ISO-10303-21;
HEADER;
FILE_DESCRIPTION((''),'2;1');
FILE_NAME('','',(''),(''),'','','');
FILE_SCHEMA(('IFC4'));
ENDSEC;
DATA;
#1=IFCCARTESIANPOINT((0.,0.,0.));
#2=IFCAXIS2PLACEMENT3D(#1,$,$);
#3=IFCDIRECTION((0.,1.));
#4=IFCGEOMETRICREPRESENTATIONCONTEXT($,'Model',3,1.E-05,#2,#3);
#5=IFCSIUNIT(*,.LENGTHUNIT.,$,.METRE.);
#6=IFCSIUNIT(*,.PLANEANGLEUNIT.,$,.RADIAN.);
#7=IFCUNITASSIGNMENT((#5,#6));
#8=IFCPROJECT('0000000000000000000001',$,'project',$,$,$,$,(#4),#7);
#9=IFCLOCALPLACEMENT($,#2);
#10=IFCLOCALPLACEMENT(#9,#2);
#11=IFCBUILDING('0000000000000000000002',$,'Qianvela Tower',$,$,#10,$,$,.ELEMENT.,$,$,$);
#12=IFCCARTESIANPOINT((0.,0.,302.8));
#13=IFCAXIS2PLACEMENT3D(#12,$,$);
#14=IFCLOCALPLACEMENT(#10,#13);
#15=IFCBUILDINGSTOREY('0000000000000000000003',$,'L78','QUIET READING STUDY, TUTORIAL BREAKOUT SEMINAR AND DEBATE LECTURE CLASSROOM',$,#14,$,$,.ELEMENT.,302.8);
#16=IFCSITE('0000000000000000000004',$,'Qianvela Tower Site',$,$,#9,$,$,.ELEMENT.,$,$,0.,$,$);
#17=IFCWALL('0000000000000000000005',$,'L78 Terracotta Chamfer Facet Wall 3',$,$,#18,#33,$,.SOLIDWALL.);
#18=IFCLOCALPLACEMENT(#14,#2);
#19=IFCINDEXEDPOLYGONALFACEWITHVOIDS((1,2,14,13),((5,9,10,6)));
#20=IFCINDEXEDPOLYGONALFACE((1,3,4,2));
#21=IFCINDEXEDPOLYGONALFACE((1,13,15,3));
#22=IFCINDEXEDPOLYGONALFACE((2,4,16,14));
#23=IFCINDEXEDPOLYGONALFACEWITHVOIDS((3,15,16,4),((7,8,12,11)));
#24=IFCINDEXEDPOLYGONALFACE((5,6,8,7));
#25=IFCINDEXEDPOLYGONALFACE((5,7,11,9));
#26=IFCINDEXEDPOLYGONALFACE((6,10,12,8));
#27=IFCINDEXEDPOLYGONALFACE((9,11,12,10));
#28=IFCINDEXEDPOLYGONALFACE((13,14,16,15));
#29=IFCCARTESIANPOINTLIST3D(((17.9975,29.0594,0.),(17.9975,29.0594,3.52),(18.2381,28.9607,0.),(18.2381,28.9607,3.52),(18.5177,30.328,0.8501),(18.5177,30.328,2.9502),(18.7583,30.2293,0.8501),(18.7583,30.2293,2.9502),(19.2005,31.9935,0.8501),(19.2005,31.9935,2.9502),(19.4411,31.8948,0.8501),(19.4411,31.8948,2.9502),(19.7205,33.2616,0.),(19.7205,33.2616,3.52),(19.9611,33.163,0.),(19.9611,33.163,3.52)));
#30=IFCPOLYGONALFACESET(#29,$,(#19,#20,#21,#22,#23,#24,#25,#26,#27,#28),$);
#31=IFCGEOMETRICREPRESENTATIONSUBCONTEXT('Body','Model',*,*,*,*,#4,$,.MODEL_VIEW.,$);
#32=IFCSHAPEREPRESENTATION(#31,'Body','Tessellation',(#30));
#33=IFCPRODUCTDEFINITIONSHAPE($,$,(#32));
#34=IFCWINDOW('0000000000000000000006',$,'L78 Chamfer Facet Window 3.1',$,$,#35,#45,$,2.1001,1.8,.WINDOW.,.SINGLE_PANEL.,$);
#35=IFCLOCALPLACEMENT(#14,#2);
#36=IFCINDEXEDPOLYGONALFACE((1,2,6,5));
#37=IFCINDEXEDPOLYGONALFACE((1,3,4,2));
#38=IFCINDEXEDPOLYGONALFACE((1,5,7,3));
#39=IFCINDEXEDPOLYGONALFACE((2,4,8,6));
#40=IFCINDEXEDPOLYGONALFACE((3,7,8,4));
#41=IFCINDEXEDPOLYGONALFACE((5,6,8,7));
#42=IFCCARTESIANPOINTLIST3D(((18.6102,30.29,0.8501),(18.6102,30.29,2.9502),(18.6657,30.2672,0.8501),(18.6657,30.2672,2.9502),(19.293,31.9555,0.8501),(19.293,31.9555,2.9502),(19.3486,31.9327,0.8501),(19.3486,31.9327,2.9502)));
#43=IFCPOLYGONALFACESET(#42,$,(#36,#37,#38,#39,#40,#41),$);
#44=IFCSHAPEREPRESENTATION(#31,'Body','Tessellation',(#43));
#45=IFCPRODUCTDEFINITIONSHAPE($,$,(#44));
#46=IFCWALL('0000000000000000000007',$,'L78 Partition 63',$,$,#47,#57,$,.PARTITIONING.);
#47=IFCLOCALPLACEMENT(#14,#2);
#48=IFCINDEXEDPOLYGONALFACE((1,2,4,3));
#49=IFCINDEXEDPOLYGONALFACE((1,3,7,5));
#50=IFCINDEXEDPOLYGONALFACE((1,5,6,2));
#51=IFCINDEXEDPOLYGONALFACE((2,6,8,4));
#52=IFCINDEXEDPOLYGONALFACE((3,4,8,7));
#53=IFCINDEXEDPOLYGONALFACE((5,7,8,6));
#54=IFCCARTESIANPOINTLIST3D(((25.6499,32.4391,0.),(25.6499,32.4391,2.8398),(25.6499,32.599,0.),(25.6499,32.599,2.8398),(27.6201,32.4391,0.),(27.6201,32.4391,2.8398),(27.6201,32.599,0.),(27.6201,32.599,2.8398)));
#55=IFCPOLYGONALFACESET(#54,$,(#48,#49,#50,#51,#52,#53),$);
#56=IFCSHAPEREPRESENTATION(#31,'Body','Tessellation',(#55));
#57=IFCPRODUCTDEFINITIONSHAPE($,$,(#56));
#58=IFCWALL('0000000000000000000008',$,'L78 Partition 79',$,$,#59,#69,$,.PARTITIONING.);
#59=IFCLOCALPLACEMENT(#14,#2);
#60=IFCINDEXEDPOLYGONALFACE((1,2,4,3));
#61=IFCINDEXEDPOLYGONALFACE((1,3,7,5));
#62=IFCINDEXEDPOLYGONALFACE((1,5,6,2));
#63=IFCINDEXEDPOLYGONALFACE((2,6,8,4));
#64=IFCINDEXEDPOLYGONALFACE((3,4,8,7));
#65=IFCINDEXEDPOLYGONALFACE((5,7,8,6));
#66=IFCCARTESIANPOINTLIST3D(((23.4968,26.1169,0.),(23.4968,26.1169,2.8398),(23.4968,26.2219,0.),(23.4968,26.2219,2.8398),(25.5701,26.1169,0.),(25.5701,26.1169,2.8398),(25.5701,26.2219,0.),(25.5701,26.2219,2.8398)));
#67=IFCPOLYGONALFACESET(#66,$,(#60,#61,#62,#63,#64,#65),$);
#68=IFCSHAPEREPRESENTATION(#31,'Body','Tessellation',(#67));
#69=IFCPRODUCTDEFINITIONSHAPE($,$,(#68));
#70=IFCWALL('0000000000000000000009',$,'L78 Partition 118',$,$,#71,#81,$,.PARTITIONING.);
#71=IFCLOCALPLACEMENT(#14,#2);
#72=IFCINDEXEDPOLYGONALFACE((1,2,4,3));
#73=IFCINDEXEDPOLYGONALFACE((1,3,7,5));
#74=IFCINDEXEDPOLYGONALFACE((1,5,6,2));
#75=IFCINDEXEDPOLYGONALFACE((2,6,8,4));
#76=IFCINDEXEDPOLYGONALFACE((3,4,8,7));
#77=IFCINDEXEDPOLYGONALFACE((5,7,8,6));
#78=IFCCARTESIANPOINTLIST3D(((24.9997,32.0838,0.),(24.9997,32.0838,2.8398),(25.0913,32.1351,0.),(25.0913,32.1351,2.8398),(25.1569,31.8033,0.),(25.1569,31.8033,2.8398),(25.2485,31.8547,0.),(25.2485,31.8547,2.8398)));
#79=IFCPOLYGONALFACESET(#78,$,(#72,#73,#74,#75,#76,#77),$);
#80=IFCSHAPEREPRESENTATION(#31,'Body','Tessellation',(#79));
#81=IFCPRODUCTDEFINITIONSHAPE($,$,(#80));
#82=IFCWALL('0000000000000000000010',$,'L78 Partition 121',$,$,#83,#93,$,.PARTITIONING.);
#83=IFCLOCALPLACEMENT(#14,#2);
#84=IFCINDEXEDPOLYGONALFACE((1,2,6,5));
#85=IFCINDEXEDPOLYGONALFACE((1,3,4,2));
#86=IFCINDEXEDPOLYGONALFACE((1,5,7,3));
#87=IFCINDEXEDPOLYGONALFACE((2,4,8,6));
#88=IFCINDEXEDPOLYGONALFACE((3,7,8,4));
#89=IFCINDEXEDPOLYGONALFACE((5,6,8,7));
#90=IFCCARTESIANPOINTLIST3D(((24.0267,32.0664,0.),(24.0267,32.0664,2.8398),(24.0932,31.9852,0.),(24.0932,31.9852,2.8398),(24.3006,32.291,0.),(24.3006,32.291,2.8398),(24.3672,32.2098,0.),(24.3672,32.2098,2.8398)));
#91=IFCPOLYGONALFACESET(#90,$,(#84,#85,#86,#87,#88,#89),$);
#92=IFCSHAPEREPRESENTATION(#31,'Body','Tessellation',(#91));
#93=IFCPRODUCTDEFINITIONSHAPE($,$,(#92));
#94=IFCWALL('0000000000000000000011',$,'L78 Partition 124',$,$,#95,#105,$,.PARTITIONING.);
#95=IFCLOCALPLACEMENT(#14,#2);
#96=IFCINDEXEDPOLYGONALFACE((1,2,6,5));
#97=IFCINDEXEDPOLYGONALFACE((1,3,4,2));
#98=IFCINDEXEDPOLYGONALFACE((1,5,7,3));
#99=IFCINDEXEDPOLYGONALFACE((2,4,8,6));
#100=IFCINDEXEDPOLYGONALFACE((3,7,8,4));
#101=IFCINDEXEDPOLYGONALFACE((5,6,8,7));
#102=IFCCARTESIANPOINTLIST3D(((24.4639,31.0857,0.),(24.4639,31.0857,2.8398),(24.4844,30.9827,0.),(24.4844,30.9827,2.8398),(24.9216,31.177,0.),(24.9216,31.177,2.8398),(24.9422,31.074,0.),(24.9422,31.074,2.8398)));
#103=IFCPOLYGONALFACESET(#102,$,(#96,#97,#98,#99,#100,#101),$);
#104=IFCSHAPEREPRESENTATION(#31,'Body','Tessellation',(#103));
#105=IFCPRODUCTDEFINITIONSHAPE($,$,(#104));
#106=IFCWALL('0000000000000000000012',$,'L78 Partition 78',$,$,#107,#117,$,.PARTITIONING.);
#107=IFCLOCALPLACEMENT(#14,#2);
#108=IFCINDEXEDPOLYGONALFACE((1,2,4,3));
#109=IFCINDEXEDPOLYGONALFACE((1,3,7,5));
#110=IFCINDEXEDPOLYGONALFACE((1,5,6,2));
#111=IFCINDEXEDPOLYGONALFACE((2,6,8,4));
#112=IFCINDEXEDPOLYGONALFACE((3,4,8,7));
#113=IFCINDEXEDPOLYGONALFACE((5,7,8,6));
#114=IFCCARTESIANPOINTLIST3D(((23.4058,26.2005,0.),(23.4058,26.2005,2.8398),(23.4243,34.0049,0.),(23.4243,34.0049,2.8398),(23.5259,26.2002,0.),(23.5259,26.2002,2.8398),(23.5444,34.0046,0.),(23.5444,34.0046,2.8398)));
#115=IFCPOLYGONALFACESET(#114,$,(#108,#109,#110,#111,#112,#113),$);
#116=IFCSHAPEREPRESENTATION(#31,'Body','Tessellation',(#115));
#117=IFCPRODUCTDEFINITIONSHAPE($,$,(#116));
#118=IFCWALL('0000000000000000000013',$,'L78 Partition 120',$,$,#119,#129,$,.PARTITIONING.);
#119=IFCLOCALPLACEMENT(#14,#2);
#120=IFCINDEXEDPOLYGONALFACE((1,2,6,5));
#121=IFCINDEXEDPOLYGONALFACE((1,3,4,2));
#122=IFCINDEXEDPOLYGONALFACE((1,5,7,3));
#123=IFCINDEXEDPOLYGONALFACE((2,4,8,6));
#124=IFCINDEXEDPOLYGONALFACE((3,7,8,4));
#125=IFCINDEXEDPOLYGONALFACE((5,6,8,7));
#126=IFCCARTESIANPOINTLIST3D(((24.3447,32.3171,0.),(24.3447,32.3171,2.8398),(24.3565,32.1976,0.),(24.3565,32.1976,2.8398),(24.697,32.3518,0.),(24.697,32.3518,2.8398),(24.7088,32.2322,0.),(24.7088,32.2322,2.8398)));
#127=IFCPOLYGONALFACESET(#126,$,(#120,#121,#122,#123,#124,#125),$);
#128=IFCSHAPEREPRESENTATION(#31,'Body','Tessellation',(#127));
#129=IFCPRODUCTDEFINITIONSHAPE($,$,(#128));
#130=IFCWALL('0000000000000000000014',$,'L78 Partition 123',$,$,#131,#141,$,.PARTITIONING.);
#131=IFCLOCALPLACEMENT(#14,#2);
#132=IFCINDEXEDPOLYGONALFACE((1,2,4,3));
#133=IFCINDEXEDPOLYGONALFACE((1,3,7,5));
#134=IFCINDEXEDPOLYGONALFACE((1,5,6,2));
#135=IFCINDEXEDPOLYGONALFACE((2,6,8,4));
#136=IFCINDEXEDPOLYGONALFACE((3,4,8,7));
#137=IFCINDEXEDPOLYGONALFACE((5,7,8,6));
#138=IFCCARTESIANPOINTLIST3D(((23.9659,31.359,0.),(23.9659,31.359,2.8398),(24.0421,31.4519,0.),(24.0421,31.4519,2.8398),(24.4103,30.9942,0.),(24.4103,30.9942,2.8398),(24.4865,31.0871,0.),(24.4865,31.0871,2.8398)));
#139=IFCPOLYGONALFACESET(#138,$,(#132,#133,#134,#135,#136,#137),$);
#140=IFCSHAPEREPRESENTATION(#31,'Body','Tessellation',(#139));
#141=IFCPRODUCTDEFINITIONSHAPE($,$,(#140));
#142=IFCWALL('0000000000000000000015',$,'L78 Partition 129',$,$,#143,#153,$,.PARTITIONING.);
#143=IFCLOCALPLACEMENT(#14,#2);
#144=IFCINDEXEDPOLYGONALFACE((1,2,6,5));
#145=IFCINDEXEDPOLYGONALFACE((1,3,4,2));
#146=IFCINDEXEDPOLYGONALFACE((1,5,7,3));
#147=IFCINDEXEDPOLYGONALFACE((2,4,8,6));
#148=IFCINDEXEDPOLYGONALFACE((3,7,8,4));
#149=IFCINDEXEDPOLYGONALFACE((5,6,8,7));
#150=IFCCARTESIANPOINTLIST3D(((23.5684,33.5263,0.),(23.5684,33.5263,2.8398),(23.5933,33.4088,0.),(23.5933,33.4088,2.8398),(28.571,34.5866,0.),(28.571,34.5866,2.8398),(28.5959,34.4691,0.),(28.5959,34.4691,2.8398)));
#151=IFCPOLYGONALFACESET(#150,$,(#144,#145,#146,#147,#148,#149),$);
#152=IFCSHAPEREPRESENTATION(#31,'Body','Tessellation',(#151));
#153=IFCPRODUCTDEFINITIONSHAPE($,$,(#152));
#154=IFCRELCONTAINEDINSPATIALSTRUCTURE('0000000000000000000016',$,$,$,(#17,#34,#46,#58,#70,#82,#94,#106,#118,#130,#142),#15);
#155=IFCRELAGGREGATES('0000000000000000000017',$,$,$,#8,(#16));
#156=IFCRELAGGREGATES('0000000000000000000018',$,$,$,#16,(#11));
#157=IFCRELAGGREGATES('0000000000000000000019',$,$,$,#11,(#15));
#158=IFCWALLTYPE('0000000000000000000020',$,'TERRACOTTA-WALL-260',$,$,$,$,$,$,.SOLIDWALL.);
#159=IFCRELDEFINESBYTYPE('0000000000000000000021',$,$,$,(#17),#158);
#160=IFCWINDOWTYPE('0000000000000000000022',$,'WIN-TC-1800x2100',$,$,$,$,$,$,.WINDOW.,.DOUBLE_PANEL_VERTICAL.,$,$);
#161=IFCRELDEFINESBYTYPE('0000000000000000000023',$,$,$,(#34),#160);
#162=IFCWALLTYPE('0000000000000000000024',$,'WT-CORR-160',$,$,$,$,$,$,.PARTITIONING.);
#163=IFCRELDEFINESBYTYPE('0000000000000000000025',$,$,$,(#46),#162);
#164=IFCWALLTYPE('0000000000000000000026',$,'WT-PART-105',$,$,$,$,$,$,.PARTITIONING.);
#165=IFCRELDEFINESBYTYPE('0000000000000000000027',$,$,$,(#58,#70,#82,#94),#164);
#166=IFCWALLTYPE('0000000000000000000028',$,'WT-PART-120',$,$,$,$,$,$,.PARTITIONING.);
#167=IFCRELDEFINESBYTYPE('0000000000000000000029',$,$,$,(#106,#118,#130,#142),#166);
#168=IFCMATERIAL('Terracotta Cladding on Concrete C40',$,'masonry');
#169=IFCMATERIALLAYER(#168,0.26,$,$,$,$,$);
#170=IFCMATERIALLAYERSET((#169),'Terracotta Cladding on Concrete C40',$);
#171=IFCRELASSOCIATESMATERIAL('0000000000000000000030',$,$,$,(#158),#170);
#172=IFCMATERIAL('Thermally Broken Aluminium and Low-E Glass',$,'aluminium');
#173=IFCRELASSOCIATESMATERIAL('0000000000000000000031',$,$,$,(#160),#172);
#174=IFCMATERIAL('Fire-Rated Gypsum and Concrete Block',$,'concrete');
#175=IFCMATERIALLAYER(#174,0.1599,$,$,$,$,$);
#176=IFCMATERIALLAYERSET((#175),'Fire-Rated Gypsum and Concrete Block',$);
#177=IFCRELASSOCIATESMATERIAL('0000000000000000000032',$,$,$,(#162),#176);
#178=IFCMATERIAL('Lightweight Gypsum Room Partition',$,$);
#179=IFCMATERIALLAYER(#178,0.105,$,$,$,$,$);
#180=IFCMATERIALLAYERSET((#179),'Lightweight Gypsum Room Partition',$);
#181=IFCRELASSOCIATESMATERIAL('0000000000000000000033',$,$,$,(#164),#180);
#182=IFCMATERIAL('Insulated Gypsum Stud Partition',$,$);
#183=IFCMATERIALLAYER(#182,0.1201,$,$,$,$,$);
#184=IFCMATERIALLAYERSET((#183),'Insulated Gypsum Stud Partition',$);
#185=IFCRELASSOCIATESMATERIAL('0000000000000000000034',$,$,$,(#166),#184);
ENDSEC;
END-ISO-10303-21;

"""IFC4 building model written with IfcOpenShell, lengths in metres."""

from ifc_helpers import new_model, si_unit, direction, frame, frame_2d, origin, place, context, subcontext, project, spatial, rectangle, extrude, material, layer, layer_set, type_object, element, fill, save


model = new_model("IFC4")

# Units and contexts
model_context = context("Model", 3, precision=1e-05, world=origin(), true_north=direction((0.0, 1.0)))
body_context = subcontext(model_context, "Body", "Model", "MODEL_VIEW")
ifc_project = project(units=[si_unit("LENGTHUNIT", "METRE"), si_unit("PLANEANGLEUNIT", "RADIAN")], contexts=[model_context])

# Site, building, storey
site_placement = place(None, origin())
site = spatial("IfcSite", under=ifc_project, at=site_placement, Name="Qianvela Tower Site", CompositionType="ELEMENT", RefElevation=0.0)
building_placement = place(site_placement, origin())
building = spatial("IfcBuilding", under=site, at=building_placement, Name="Qianvela Tower", CompositionType="ELEMENT")
storey_placement = place(building_placement, frame((0.0, 0.0, 302.8)))
storey = spatial("IfcBuildingStorey", under=building, at=storey_placement, Name="L78", Description="QUIET READING STUDY, TUTORIAL BREAKOUT SEMINAR AND DEBATE LECTURE CLASSROOM", CompositionType="ELEMENT", Elevation=302.8)

# Wall, opening, window
ifc_material_1 = material(Name="Terracotta Cladding on Concrete C40", Category="masonry")
ifc_layer_1 = layer(ifc_material_1, 0.26)
ifc_layer_set_1 = layer_set([ifc_layer_1], Name="Terracotta Cladding on Concrete C40")
wall_type_1 = type_object("IfcWallType", Name="TERRACOTTA-WALL-260", PredefinedType="SOLIDWALL", material=ifc_layer_set_1)
wall_1_placement = place(storey_placement, frame((19.8408, 33.2124, 0.0), z_axis=(0.0, 0.0, 1.0), x_axis=(-0.379357, -0.92525, 0.0)))
wall_1 = element("IfcWall", 1, at=wall_1_placement, inside=storey, type_object=wall_type_1, Name="L78 Terracotta Chamfer Facet Wall 3", PredefinedType="SOLIDWALL", context=body_context, shape_type="SweptSolid", body=[
    extrude(rectangle(XDim=4.5417, YDim=0.26, at=frame_2d((2.271, 0.0))), origin(), (0.0, 0.0, 1.0), 3.52),
])
opening_1_placement = place(wall_1_placement, frame((1.3708, 0.0, 0.8501)))
opening_1 = element("IfcOpeningElement", 2, at=opening_1_placement, cuts=wall_1, PredefinedType="OPENING", context=body_context, shape_type="SweptSolid", body=[
    extrude(rectangle(XDim=1.8, YDim=2.1001, at=frame_2d((0.8999, 1.05))), frame((0.0, 0.1399, 0.0), z_axis=(0.0, -1.0, 0.0), x_axis=(1.0, 0.0, 0.0)), (0.0, 0.0, 1.0), 0.28),
])
ifc_material_2 = material(Name="Thermally Broken Aluminium and Low-E Glass", Category="aluminium")
window_type = type_object("IfcWindowType", Name="WIN-TC-1800x2100", PartitioningType="DOUBLE_PANEL_VERTICAL", PredefinedType="WINDOW", material=ifc_material_2)
window_placement = place(opening_1_placement, origin())
window = element("IfcWindow", 3, at=window_placement, inside=storey, type_object=window_type, Name="L78 Chamfer Facet Window 3.1", OverallHeight=2.1001, OverallWidth=1.8, PartitioningType="SINGLE_PANEL", PredefinedType="WINDOW", context=body_context, shape_type="SweptSolid", body=[
    extrude(rectangle(XDim=1.8, YDim=2.1001, at=frame_2d((0.8999, 1.05))), frame((0.0, 0.03, 0.0), z_axis=(0.0, -1.0, 0.0), x_axis=(1.0, 0.0, 0.0)), (0.0, 0.0, 1.0), 0.0601),
])
fill(opening_1, window)

# Walls
ifc_material_3 = material(Name="Fire-Rated Gypsum and Concrete Block", Category="concrete")
ifc_layer_2 = layer(ifc_material_3, 0.1599)
ifc_layer_set_2 = layer_set([ifc_layer_2], Name="Fire-Rated Gypsum and Concrete Block")
wall_type_2 = type_object("IfcWallType", Name="WT-CORR-160", PredefinedType="PARTITIONING", material=ifc_layer_set_2)
wall_2_placement = place(storey_placement, frame((25.6499, 32.519, 0.0), z_axis=(0.0, 0.0, 1.0), x_axis=(1.0, 0.0, 0.0)))
element("IfcWall", 4, at=wall_2_placement, inside=storey, type_object=wall_type_2, Name="L78 Partition 63", PredefinedType="PARTITIONING", context=body_context, shape_type="SweptSolid", body=[
    extrude(rectangle(XDim=1.9702, YDim=0.1599, at=frame_2d((0.9851, 0.0))), origin(), (0.0, 0.0, 1.0), 2.8398),
])
ifc_material_4 = material(Name="Lightweight Gypsum Room Partition")
ifc_layer_3 = layer(ifc_material_4, 0.105)
ifc_layer_set_3 = layer_set([ifc_layer_3], Name="Lightweight Gypsum Room Partition")
wall_type_3 = type_object("IfcWallType", Name="WT-PART-105", PredefinedType="PARTITIONING", material=ifc_layer_set_3)
wall_3_placement = place(storey_placement, frame((23.4968, 26.1694, 0.0), z_axis=(0.0, 0.0, 1.0), x_axis=(1.0, 0.0, 0.0)))
element("IfcWall", 5, at=wall_3_placement, inside=storey, type_object=wall_type_3, Name="L78 Partition 79", PredefinedType="PARTITIONING", context=body_context, shape_type="SweptSolid", body=[
    extrude(rectangle(XDim=2.0732, YDim=0.105, at=frame_2d((1.0366, 0.0))), origin(), (0.0, 0.0, 1.0), 2.8398),
])
wall_4_placement = place(storey_placement, frame((25.2026, 31.8291, 0.0), z_axis=(0.0, 0.0, 1.0), x_axis=(-0.488927, 0.872325, 0.0)))
element("IfcWall", 6, at=wall_4_placement, inside=storey, type_object=wall_type_3, Name="L78 Partition 118", PredefinedType="PARTITIONING", context=body_context, shape_type="SweptSolid", body=[
    extrude(rectangle(XDim=0.3215, YDim=0.105, at=frame_2d((0.1606, 0.0))), origin(), (0.0, 0.0, 1.0), 2.8398),
])
wall_5_placement = place(storey_placement, frame((24.334, 32.2505, 0.0), z_axis=(0.0, 0.0, 1.0), x_axis=(-0.773281, -0.634063, 0.0)))
element("IfcWall", 7, at=wall_5_placement, inside=storey, type_object=wall_type_3, Name="L78 Partition 121", PredefinedType="PARTITIONING", context=body_context, shape_type="SweptSolid", body=[
    extrude(rectangle(XDim=0.3542, YDim=0.105, at=frame_2d((0.1772, 0.0))), origin(), (0.0, 0.0, 1.0), 2.8398),
])
wall_6_placement = place(storey_placement, frame((24.4741, 31.0342, 0.0), z_axis=(0.0, 0.0, 1.0), x_axis=(0.980681, 0.195613, 0.0)))
element("IfcWall", 8, at=wall_6_placement, inside=storey, type_object=wall_type_3, Name="L78 Partition 124", PredefinedType="PARTITIONING", context=body_context, shape_type="SweptSolid", body=[
    extrude(rectangle(XDim=0.4668, YDim=0.105, at=frame_2d((0.2334, 0.0))), origin(), (0.0, 0.0, 1.0), 2.8398),
])
ifc_material_5 = material(Name="Insulated Gypsum Stud Partition")
ifc_layer_4 = layer(ifc_material_5, 0.1201)
ifc_layer_set_4 = layer_set([ifc_layer_4], Name="Insulated Gypsum Stud Partition")
wall_type_4 = type_object("IfcWallType", Name="WT-PART-120", PredefinedType="PARTITIONING", material=ifc_layer_set_4)
wall_7_placement = place(storey_placement, frame((23.4844, 34.0049, 0.0), z_axis=(0.0, 0.0, 1.0), x_axis=(-0.002377, -0.999997, 0.0)))
element("IfcWall", 9, at=wall_7_placement, inside=storey, type_object=wall_type_4, Name="L78 Partition 78", PredefinedType="PARTITIONING", context=body_context, shape_type="SweptSolid", body=[
    extrude(rectangle(XDim=7.8044, YDim=0.1201, at=frame_2d((3.9023, 0.0))), origin(), (0.0, 0.0, 1.0), 2.8398),
])
wall_8_placement = place(storey_placement, frame((24.7029, 32.292, 0.0), z_axis=(0.0, 0.0, 1.0), x_axis=(-0.995193, -0.097933, 0.0)))
element("IfcWall", 10, at=wall_8_placement, inside=storey, type_object=wall_type_4, Name="L78 Partition 120", PredefinedType="PARTITIONING", context=body_context, shape_type="SweptSolid", body=[
    extrude(rectangle(XDim=0.354, YDim=0.1201, at=frame_2d((0.177, 0.0))), origin(), (0.0, 0.0, 1.0), 2.8398),
])
wall_9_placement = place(storey_placement, frame((24.0039, 31.4055, 0.0), z_axis=(0.0, 0.0, 1.0), x_axis=(0.772935, -0.634486, 0.0)))
element("IfcWall", 11, at=wall_9_placement, inside=storey, type_object=wall_type_4, Name="L78 Partition 123", PredefinedType="PARTITIONING", context=body_context, shape_type="SweptSolid", body=[
    extrude(rectangle(XDim=0.575, YDim=0.1201, at=frame_2d((0.2876, 0.0))), origin(), (0.0, 0.0, 1.0), 2.8398),
])
wall_10_placement = place(storey_placement, frame((23.5808, 33.4675, 0.0), z_axis=(0.0, 0.0, 1.0), x_axis=(0.978269, 0.207341, 0.0)))
element("IfcWall", 12, at=wall_10_placement, inside=storey, type_object=wall_type_4, Name="L78 Partition 129", PredefinedType="PARTITIONING", context=body_context, shape_type="SweptSolid", body=[
    extrude(rectangle(XDim=5.1138, YDim=0.1201, at=frame_2d((2.5569, 0.0))), origin(), (0.0, 0.0, 1.0), 2.8398),
])

save(model, "model.ifc")
